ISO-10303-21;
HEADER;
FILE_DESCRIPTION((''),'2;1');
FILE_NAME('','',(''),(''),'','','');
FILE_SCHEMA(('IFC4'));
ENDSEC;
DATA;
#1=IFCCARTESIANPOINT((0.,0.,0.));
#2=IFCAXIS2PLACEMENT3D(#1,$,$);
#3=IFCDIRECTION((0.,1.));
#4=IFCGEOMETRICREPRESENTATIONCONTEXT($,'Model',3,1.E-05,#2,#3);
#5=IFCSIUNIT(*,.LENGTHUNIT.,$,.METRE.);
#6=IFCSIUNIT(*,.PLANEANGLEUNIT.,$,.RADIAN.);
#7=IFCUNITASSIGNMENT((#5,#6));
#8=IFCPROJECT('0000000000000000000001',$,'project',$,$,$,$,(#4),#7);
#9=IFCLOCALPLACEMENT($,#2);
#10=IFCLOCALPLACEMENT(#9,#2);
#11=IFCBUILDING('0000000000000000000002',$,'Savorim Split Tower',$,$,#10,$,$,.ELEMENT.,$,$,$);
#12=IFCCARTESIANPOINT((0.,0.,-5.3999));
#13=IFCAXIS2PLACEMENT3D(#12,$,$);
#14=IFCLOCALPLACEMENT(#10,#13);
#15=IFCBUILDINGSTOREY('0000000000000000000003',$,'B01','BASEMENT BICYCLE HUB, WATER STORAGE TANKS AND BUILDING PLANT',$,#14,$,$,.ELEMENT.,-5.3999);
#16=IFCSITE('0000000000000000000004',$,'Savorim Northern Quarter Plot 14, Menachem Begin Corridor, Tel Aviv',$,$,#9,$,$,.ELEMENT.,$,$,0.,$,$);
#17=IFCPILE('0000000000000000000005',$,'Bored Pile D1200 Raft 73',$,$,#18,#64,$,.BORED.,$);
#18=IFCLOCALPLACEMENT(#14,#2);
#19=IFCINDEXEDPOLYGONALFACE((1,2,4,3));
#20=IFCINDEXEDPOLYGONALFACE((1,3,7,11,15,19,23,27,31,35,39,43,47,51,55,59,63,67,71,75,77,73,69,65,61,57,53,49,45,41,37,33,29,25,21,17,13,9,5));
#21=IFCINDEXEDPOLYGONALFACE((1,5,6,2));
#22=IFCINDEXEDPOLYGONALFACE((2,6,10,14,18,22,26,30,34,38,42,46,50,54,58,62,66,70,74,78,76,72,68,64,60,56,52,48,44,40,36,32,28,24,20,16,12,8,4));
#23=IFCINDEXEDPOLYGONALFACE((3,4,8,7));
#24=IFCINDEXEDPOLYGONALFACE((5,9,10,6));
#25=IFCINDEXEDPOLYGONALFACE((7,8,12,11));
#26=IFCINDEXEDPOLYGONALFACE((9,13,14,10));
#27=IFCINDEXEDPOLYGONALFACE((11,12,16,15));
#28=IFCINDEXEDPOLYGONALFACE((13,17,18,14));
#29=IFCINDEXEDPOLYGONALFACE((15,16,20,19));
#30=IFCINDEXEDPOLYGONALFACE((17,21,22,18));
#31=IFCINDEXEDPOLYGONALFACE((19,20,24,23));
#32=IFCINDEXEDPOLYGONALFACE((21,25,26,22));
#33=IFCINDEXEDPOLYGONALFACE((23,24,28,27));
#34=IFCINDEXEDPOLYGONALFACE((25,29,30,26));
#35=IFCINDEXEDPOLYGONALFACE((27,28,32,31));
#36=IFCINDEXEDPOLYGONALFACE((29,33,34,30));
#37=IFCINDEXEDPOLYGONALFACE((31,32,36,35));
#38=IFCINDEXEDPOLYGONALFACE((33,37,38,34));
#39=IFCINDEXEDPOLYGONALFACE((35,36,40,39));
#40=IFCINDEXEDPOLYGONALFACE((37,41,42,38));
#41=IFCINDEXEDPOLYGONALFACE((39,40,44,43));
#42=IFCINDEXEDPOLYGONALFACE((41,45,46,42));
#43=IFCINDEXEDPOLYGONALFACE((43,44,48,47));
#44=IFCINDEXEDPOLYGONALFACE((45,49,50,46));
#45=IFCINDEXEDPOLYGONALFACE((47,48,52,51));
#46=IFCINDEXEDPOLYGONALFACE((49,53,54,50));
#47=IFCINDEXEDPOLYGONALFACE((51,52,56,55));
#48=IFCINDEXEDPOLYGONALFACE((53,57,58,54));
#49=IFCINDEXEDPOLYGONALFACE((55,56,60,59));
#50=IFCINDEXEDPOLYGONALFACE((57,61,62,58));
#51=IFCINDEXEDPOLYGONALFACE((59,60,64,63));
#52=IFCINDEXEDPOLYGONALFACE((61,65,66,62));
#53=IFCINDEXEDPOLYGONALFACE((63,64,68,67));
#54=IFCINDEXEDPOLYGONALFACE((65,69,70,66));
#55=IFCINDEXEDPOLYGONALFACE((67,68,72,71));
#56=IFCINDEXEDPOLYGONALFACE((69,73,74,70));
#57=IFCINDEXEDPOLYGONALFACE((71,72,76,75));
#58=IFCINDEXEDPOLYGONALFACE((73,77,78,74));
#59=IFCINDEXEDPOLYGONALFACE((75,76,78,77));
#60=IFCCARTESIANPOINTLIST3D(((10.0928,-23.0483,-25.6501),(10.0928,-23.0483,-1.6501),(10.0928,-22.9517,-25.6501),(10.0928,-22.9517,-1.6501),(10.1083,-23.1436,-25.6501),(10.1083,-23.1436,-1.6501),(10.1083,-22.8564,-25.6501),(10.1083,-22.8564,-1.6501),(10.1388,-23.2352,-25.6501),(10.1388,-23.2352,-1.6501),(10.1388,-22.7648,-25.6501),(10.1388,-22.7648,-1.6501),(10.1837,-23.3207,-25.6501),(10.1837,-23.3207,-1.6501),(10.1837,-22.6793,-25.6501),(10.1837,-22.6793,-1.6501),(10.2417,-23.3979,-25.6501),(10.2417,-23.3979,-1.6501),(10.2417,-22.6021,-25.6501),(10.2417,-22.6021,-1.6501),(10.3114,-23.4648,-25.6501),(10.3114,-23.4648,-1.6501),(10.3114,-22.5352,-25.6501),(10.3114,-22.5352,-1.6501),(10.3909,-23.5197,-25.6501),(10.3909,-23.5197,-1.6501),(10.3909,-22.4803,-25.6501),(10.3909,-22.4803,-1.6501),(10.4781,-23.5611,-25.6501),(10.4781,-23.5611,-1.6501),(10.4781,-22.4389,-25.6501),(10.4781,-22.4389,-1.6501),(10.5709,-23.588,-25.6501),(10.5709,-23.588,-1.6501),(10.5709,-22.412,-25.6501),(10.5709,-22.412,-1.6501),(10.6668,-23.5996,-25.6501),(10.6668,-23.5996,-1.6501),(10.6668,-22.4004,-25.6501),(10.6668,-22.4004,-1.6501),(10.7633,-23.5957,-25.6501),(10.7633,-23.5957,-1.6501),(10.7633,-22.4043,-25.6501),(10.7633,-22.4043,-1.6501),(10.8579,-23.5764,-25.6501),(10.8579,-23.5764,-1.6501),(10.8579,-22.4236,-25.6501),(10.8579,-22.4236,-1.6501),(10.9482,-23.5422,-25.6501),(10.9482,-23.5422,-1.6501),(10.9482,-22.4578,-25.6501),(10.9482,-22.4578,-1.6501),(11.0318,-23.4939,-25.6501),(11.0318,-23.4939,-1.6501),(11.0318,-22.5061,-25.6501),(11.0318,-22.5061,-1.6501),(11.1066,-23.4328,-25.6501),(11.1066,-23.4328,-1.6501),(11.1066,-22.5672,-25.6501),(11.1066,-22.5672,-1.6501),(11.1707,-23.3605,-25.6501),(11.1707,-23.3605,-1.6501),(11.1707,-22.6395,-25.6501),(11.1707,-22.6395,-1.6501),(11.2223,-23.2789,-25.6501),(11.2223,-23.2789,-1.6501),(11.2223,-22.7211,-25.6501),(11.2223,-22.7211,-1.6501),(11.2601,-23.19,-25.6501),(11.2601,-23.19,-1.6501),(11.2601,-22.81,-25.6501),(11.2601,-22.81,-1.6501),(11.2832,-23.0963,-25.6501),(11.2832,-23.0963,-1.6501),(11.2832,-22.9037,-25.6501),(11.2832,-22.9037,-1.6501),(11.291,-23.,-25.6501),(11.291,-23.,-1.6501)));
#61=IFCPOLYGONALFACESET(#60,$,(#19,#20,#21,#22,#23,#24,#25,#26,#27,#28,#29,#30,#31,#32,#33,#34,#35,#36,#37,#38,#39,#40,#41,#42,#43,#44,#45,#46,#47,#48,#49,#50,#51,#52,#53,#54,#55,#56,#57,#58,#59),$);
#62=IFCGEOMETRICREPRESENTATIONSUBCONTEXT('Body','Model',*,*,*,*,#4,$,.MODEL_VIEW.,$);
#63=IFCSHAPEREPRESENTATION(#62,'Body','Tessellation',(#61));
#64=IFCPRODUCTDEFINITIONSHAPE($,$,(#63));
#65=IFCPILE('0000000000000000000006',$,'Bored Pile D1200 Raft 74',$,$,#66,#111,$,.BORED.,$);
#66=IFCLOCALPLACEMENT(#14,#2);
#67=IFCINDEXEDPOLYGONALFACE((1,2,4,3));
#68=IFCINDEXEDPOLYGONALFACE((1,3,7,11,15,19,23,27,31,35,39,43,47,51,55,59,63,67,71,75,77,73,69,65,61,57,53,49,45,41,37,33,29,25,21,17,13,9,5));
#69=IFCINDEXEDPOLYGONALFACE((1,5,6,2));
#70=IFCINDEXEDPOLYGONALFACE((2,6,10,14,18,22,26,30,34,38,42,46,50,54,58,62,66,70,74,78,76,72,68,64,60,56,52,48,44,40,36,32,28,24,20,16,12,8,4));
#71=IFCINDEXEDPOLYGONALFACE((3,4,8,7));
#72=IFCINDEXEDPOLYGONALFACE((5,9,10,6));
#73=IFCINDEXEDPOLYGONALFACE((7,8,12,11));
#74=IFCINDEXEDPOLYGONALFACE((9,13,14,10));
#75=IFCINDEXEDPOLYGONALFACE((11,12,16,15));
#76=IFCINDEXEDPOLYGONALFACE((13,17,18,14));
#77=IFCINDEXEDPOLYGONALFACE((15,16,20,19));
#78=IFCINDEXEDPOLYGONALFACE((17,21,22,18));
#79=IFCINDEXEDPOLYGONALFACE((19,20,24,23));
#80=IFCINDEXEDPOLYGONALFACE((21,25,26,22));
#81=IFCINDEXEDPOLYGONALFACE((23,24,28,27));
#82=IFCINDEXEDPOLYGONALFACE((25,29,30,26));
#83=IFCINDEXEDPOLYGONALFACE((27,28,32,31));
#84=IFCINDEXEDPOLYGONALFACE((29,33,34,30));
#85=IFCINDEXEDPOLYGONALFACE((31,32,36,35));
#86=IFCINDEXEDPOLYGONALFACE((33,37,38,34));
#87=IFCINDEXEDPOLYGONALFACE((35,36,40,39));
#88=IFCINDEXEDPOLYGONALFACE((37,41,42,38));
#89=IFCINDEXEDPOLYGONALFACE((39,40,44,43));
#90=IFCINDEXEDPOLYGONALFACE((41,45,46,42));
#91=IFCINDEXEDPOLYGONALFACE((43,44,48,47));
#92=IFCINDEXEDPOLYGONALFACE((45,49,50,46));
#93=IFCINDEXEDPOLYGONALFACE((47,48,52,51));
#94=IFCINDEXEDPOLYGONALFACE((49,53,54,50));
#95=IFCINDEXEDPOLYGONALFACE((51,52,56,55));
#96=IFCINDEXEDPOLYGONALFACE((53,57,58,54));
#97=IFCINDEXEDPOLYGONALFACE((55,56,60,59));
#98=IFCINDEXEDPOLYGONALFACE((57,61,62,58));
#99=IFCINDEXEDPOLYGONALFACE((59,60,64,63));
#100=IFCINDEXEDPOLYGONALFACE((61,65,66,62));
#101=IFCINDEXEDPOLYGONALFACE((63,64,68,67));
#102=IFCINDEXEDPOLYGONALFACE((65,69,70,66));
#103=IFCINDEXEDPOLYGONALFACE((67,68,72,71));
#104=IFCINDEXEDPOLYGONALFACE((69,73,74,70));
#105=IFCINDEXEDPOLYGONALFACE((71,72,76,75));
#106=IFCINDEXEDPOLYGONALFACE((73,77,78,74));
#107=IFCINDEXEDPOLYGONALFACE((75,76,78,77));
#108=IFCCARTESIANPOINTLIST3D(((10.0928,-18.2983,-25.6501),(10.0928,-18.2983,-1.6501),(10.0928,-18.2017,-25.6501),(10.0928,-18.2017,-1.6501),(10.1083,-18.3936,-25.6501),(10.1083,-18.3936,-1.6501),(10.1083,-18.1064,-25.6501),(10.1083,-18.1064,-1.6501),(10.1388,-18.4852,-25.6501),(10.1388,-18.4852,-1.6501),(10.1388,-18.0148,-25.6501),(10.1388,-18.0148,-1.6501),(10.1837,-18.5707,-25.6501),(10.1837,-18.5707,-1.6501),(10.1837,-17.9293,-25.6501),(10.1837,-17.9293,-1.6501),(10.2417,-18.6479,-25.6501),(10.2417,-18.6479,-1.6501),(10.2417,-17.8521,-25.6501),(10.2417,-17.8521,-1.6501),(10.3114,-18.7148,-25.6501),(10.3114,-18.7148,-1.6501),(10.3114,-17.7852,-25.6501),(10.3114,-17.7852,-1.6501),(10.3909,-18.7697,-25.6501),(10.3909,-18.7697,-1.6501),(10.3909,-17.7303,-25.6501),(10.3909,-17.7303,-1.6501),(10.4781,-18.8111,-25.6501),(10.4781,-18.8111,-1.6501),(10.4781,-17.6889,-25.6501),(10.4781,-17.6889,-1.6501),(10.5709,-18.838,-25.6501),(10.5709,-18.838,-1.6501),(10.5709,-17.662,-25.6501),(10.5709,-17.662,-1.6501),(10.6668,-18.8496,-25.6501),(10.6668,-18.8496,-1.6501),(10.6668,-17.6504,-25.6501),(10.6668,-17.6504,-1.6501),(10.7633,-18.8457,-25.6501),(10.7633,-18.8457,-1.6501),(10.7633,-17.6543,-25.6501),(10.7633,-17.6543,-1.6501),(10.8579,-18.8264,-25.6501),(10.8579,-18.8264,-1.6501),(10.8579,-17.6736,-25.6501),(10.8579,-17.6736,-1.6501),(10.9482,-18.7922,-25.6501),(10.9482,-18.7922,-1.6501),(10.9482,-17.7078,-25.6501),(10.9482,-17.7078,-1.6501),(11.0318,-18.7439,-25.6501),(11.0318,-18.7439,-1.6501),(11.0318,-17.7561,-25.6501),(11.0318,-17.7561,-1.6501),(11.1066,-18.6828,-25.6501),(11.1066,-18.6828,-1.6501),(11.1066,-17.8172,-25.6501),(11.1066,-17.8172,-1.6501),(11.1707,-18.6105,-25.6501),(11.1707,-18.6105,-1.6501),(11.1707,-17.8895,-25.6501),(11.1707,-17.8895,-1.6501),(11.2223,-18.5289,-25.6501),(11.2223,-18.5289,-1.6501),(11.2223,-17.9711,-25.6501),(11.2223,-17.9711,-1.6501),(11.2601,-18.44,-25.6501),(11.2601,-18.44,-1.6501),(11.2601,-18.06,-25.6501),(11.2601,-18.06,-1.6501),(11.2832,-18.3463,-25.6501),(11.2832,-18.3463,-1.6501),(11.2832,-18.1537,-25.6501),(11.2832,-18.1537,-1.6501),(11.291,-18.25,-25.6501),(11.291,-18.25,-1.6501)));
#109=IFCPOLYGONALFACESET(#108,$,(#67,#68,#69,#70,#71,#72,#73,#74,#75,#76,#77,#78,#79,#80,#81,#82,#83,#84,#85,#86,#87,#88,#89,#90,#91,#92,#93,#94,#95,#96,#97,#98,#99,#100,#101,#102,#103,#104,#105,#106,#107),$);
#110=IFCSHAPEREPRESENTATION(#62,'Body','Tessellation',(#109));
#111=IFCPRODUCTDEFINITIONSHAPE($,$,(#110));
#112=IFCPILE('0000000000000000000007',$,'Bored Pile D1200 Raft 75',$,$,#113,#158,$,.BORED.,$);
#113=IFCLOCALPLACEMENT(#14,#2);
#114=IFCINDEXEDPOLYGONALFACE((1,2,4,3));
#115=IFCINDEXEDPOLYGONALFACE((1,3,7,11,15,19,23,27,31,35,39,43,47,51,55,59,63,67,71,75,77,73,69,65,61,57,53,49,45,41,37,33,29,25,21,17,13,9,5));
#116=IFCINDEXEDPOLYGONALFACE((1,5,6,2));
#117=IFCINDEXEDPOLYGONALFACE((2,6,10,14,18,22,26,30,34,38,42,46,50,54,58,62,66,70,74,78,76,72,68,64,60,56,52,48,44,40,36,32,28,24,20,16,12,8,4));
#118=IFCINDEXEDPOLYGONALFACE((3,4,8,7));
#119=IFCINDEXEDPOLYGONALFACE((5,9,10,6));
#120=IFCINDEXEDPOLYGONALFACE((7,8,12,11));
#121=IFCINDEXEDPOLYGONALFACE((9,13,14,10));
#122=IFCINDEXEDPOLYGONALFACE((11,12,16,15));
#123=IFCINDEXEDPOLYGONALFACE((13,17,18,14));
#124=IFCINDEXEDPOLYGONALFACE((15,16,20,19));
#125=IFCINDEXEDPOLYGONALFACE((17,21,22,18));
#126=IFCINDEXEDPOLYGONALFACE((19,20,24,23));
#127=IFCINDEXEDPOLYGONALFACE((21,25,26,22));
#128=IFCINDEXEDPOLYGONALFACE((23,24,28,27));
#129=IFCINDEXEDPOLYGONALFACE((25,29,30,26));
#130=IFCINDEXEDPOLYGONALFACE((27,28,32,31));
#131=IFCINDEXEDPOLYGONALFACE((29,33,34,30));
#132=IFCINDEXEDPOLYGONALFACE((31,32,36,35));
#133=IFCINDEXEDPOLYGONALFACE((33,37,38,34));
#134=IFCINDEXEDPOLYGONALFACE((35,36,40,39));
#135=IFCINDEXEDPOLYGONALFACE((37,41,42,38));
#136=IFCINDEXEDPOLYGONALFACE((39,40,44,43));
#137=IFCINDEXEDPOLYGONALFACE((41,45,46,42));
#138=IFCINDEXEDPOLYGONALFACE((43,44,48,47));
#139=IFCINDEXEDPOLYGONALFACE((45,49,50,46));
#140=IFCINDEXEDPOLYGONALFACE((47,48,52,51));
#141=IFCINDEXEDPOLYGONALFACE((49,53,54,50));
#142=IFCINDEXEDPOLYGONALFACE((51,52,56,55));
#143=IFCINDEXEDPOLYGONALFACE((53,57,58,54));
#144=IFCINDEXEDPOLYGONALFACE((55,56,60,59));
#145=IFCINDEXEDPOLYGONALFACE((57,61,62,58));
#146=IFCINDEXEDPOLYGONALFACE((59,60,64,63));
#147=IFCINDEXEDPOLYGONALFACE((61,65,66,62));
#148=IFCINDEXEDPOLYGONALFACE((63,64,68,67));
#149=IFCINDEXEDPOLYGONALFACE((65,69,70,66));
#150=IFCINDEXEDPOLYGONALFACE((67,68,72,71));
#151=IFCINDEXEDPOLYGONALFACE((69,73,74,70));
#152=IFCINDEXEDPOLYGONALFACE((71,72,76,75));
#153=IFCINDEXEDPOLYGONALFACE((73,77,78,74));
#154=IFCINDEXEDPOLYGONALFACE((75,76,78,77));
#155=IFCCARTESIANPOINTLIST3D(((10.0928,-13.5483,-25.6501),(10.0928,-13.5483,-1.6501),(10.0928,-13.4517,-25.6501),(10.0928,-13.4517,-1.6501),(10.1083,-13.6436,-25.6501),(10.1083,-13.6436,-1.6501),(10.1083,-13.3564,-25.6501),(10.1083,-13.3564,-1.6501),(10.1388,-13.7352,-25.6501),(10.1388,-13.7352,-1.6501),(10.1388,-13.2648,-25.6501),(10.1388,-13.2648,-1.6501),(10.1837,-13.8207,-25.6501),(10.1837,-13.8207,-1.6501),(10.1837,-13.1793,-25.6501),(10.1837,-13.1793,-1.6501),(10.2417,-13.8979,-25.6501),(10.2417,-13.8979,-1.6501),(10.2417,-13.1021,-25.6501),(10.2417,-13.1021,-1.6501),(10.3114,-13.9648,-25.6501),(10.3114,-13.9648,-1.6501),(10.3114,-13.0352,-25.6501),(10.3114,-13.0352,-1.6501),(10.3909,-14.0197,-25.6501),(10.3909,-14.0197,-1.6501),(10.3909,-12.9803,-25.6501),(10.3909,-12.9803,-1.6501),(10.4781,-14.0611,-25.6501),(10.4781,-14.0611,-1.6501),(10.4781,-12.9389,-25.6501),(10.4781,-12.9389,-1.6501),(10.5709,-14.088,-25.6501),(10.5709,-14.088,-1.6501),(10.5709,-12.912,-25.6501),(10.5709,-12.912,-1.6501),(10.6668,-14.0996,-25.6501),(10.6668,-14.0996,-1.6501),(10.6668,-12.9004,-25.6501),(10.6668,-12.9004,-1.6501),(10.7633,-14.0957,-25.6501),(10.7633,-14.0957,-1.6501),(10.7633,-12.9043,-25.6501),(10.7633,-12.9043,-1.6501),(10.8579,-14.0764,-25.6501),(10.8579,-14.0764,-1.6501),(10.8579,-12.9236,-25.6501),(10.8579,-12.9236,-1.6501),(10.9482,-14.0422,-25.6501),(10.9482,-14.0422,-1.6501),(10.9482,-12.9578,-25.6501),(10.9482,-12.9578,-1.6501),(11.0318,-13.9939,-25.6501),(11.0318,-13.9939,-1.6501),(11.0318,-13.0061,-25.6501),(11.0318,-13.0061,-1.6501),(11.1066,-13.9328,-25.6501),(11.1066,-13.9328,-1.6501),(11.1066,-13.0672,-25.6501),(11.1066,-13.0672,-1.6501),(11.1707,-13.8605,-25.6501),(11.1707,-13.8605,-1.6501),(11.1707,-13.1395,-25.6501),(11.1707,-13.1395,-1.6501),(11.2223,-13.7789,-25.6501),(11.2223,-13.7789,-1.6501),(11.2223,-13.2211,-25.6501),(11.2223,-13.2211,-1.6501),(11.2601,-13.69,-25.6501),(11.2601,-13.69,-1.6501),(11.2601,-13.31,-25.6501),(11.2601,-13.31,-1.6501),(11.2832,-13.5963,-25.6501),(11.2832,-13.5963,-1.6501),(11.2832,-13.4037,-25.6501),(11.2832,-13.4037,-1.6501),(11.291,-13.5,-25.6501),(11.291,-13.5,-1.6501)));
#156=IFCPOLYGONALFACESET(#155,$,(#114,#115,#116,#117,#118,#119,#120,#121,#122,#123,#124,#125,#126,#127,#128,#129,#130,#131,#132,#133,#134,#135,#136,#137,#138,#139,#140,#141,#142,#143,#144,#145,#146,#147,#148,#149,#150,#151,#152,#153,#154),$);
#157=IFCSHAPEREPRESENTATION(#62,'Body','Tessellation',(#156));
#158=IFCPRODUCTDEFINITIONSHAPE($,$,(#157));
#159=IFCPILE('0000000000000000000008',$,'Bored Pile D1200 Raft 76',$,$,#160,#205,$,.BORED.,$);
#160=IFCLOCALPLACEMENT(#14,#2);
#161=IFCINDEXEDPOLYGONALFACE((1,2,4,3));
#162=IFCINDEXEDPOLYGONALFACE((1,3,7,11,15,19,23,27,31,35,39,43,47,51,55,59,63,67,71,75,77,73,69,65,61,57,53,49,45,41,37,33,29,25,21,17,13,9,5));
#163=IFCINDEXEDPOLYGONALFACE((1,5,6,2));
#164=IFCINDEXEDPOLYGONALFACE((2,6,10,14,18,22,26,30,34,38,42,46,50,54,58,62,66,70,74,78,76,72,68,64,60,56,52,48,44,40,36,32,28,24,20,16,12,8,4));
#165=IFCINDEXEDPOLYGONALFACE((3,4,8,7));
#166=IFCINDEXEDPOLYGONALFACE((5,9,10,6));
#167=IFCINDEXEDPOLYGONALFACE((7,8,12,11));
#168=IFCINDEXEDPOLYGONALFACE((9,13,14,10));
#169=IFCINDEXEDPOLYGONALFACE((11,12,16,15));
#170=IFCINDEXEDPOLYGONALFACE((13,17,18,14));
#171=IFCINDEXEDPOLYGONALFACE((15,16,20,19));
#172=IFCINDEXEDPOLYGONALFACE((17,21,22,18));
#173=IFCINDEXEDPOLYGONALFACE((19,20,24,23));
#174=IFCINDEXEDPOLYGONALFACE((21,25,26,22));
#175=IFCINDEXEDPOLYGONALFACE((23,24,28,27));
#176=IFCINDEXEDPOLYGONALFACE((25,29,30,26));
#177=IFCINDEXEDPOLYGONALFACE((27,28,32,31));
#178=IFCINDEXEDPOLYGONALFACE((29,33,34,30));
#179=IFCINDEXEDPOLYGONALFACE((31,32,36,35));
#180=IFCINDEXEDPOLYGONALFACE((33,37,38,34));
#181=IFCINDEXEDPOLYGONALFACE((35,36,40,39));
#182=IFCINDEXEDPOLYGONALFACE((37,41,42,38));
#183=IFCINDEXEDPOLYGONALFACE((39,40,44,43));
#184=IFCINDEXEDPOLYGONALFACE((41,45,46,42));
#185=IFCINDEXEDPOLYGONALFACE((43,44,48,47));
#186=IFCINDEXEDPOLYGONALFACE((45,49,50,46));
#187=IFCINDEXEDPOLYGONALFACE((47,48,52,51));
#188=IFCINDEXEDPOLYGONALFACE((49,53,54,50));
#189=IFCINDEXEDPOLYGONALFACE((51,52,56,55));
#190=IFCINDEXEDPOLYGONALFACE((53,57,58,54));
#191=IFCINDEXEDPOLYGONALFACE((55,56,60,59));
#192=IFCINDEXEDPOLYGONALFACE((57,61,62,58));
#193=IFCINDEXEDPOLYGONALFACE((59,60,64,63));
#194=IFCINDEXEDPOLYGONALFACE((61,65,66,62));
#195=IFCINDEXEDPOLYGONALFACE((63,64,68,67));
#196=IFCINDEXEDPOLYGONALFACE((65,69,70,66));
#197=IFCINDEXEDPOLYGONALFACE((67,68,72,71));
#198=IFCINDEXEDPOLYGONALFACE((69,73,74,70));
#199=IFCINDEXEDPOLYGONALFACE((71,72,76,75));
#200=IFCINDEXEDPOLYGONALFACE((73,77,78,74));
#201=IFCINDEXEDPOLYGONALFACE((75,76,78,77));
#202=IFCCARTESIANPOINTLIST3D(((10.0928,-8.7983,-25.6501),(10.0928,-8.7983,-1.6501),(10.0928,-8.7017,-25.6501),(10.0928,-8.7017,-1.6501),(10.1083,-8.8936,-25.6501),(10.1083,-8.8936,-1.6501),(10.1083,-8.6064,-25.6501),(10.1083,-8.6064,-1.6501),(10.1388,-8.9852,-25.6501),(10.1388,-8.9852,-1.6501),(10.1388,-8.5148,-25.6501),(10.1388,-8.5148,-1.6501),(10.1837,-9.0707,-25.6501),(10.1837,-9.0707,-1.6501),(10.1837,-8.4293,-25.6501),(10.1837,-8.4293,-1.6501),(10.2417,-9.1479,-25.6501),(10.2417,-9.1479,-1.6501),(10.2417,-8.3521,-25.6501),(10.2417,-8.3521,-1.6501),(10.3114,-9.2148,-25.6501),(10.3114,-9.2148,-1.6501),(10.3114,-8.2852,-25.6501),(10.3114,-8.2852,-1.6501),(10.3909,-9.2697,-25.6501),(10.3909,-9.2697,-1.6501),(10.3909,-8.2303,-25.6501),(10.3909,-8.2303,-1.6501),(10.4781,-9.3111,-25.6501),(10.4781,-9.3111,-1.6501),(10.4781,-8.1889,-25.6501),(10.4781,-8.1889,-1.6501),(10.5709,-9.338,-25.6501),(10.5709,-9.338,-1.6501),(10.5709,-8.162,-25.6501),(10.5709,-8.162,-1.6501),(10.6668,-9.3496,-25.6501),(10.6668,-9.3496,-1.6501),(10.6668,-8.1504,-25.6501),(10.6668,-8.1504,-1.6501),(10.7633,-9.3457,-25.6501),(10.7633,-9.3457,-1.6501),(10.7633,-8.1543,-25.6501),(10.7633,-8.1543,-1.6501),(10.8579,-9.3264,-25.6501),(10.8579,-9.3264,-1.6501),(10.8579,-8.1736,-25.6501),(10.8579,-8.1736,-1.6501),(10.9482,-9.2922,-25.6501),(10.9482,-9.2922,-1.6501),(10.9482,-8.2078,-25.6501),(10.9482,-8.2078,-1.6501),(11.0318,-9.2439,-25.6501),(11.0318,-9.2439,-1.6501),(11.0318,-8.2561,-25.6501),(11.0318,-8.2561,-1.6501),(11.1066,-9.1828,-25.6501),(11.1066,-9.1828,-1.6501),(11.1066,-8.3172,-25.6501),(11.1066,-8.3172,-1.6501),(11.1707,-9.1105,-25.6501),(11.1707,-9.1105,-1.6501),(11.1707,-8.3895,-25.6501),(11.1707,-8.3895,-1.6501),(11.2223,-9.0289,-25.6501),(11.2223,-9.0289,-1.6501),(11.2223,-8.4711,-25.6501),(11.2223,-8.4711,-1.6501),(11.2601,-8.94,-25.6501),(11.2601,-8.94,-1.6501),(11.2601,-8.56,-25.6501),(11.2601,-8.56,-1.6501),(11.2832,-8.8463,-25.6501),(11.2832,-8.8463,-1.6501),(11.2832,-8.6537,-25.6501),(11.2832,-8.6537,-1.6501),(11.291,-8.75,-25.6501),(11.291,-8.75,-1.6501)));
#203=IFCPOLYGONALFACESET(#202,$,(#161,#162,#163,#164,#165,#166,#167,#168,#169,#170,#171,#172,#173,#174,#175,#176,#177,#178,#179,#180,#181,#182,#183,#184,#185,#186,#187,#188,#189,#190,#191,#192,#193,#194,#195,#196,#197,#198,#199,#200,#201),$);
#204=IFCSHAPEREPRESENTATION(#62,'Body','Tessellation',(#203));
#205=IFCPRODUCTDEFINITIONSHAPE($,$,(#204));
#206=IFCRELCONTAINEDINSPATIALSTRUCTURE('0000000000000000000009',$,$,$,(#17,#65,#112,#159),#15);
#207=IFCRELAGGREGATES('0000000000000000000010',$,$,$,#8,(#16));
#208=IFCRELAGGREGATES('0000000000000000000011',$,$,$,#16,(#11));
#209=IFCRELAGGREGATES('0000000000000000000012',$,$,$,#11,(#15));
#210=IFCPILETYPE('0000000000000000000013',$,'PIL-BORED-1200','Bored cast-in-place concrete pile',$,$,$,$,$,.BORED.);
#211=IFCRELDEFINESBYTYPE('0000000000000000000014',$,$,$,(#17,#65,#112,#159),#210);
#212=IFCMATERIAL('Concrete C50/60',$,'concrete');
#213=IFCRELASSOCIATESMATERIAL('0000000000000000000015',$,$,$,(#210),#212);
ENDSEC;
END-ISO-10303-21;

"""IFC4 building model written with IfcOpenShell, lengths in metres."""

from ifc_helpers import new_model, si_unit, direction, frame, origin, origin_2d, place, context, subcontext, project, spatial, circle, extrude, material, material_profile, profile_set, type_object, element, save


model = new_model("IFC4")

# Units and contexts
model_context = context("Model", 3, precision=1e-05, world=origin(), true_north=direction((0.0, 1.0)))
body_context = subcontext(model_context, "Body", "Model", "MODEL_VIEW")
ifc_project = project(units=[si_unit("LENGTHUNIT", "METRE"), si_unit("PLANEANGLEUNIT", "RADIAN")], contexts=[model_context])

# Site, building, storey
site_placement = place(None, origin())
site = spatial("IfcSite", under=ifc_project, at=site_placement, Name="Savorim Northern Quarter Plot 14, Menachem Begin Corridor, Tel Aviv", CompositionType="ELEMENT", RefElevation=0.0)
building_placement = place(site_placement, origin())
building = spatial("IfcBuilding", under=site, at=building_placement, Name="Savorim Split Tower", CompositionType="ELEMENT")
storey_placement = place(building_placement, frame((0.0, 0.0, -5.3999)))
storey = spatial("IfcBuildingStorey", under=building, at=storey_placement, Name="B01", Description="BASEMENT BICYCLE HUB, WATER STORAGE TANKS AND BUILDING PLANT", CompositionType="ELEMENT", Elevation=-5.3999)

# Piles
ifc_material_1 = material(Name="Concrete C50/60", Category="concrete")
ifc_material_profile_1 = material_profile(ifc_material_1, circle(Radius=0.6001, at=origin_2d()), Name="PILE D1200")
ifc_profile_set_1 = profile_set([ifc_material_profile_1], Name="Concrete C50/60")
pile_type = type_object("IfcPileType", Name="PIL-BORED-1200", Description="Bored cast-in-place concrete pile", PredefinedType="BORED", material=ifc_profile_set_1)
for number, where, z_axis, x_axis, name in (
    (1, (10.6909, -23.0, -1.6501), (0.0, 0.0, -1.0), (1.0, 0.0, 0.0), "Bored Pile D1200 Raft 73"),
    (2, (10.6909, -18.25, -1.6501), (0.0, 0.0, -1.0), (1.0, 0.0, 0.0), "Bored Pile D1200 Raft 74"),
    (3, (10.6909, -13.5, -1.6501), (0.0, 0.0, -1.0), (1.0, 0.0, 0.0), "Bored Pile D1200 Raft 75"),
    (4, (10.6909, -8.75, -1.6501), (0.0, 0.0, -1.0), (1.0, 0.0, 0.0), "Bored Pile D1200 Raft 76"),
):
    element("IfcPile", number, at=place(storey_placement, frame(where, z_axis=z_axis, x_axis=x_axis)), inside=storey, type_object=pile_type, Name=name, PredefinedType="BORED", context=body_context, shape_type="SweptSolid", body=[
        extrude(circle(Radius=0.6001, at=origin_2d()), origin(), (0.0, 0.0, 1.0), 24.0),
    ])

save(model, "model.ifc")
